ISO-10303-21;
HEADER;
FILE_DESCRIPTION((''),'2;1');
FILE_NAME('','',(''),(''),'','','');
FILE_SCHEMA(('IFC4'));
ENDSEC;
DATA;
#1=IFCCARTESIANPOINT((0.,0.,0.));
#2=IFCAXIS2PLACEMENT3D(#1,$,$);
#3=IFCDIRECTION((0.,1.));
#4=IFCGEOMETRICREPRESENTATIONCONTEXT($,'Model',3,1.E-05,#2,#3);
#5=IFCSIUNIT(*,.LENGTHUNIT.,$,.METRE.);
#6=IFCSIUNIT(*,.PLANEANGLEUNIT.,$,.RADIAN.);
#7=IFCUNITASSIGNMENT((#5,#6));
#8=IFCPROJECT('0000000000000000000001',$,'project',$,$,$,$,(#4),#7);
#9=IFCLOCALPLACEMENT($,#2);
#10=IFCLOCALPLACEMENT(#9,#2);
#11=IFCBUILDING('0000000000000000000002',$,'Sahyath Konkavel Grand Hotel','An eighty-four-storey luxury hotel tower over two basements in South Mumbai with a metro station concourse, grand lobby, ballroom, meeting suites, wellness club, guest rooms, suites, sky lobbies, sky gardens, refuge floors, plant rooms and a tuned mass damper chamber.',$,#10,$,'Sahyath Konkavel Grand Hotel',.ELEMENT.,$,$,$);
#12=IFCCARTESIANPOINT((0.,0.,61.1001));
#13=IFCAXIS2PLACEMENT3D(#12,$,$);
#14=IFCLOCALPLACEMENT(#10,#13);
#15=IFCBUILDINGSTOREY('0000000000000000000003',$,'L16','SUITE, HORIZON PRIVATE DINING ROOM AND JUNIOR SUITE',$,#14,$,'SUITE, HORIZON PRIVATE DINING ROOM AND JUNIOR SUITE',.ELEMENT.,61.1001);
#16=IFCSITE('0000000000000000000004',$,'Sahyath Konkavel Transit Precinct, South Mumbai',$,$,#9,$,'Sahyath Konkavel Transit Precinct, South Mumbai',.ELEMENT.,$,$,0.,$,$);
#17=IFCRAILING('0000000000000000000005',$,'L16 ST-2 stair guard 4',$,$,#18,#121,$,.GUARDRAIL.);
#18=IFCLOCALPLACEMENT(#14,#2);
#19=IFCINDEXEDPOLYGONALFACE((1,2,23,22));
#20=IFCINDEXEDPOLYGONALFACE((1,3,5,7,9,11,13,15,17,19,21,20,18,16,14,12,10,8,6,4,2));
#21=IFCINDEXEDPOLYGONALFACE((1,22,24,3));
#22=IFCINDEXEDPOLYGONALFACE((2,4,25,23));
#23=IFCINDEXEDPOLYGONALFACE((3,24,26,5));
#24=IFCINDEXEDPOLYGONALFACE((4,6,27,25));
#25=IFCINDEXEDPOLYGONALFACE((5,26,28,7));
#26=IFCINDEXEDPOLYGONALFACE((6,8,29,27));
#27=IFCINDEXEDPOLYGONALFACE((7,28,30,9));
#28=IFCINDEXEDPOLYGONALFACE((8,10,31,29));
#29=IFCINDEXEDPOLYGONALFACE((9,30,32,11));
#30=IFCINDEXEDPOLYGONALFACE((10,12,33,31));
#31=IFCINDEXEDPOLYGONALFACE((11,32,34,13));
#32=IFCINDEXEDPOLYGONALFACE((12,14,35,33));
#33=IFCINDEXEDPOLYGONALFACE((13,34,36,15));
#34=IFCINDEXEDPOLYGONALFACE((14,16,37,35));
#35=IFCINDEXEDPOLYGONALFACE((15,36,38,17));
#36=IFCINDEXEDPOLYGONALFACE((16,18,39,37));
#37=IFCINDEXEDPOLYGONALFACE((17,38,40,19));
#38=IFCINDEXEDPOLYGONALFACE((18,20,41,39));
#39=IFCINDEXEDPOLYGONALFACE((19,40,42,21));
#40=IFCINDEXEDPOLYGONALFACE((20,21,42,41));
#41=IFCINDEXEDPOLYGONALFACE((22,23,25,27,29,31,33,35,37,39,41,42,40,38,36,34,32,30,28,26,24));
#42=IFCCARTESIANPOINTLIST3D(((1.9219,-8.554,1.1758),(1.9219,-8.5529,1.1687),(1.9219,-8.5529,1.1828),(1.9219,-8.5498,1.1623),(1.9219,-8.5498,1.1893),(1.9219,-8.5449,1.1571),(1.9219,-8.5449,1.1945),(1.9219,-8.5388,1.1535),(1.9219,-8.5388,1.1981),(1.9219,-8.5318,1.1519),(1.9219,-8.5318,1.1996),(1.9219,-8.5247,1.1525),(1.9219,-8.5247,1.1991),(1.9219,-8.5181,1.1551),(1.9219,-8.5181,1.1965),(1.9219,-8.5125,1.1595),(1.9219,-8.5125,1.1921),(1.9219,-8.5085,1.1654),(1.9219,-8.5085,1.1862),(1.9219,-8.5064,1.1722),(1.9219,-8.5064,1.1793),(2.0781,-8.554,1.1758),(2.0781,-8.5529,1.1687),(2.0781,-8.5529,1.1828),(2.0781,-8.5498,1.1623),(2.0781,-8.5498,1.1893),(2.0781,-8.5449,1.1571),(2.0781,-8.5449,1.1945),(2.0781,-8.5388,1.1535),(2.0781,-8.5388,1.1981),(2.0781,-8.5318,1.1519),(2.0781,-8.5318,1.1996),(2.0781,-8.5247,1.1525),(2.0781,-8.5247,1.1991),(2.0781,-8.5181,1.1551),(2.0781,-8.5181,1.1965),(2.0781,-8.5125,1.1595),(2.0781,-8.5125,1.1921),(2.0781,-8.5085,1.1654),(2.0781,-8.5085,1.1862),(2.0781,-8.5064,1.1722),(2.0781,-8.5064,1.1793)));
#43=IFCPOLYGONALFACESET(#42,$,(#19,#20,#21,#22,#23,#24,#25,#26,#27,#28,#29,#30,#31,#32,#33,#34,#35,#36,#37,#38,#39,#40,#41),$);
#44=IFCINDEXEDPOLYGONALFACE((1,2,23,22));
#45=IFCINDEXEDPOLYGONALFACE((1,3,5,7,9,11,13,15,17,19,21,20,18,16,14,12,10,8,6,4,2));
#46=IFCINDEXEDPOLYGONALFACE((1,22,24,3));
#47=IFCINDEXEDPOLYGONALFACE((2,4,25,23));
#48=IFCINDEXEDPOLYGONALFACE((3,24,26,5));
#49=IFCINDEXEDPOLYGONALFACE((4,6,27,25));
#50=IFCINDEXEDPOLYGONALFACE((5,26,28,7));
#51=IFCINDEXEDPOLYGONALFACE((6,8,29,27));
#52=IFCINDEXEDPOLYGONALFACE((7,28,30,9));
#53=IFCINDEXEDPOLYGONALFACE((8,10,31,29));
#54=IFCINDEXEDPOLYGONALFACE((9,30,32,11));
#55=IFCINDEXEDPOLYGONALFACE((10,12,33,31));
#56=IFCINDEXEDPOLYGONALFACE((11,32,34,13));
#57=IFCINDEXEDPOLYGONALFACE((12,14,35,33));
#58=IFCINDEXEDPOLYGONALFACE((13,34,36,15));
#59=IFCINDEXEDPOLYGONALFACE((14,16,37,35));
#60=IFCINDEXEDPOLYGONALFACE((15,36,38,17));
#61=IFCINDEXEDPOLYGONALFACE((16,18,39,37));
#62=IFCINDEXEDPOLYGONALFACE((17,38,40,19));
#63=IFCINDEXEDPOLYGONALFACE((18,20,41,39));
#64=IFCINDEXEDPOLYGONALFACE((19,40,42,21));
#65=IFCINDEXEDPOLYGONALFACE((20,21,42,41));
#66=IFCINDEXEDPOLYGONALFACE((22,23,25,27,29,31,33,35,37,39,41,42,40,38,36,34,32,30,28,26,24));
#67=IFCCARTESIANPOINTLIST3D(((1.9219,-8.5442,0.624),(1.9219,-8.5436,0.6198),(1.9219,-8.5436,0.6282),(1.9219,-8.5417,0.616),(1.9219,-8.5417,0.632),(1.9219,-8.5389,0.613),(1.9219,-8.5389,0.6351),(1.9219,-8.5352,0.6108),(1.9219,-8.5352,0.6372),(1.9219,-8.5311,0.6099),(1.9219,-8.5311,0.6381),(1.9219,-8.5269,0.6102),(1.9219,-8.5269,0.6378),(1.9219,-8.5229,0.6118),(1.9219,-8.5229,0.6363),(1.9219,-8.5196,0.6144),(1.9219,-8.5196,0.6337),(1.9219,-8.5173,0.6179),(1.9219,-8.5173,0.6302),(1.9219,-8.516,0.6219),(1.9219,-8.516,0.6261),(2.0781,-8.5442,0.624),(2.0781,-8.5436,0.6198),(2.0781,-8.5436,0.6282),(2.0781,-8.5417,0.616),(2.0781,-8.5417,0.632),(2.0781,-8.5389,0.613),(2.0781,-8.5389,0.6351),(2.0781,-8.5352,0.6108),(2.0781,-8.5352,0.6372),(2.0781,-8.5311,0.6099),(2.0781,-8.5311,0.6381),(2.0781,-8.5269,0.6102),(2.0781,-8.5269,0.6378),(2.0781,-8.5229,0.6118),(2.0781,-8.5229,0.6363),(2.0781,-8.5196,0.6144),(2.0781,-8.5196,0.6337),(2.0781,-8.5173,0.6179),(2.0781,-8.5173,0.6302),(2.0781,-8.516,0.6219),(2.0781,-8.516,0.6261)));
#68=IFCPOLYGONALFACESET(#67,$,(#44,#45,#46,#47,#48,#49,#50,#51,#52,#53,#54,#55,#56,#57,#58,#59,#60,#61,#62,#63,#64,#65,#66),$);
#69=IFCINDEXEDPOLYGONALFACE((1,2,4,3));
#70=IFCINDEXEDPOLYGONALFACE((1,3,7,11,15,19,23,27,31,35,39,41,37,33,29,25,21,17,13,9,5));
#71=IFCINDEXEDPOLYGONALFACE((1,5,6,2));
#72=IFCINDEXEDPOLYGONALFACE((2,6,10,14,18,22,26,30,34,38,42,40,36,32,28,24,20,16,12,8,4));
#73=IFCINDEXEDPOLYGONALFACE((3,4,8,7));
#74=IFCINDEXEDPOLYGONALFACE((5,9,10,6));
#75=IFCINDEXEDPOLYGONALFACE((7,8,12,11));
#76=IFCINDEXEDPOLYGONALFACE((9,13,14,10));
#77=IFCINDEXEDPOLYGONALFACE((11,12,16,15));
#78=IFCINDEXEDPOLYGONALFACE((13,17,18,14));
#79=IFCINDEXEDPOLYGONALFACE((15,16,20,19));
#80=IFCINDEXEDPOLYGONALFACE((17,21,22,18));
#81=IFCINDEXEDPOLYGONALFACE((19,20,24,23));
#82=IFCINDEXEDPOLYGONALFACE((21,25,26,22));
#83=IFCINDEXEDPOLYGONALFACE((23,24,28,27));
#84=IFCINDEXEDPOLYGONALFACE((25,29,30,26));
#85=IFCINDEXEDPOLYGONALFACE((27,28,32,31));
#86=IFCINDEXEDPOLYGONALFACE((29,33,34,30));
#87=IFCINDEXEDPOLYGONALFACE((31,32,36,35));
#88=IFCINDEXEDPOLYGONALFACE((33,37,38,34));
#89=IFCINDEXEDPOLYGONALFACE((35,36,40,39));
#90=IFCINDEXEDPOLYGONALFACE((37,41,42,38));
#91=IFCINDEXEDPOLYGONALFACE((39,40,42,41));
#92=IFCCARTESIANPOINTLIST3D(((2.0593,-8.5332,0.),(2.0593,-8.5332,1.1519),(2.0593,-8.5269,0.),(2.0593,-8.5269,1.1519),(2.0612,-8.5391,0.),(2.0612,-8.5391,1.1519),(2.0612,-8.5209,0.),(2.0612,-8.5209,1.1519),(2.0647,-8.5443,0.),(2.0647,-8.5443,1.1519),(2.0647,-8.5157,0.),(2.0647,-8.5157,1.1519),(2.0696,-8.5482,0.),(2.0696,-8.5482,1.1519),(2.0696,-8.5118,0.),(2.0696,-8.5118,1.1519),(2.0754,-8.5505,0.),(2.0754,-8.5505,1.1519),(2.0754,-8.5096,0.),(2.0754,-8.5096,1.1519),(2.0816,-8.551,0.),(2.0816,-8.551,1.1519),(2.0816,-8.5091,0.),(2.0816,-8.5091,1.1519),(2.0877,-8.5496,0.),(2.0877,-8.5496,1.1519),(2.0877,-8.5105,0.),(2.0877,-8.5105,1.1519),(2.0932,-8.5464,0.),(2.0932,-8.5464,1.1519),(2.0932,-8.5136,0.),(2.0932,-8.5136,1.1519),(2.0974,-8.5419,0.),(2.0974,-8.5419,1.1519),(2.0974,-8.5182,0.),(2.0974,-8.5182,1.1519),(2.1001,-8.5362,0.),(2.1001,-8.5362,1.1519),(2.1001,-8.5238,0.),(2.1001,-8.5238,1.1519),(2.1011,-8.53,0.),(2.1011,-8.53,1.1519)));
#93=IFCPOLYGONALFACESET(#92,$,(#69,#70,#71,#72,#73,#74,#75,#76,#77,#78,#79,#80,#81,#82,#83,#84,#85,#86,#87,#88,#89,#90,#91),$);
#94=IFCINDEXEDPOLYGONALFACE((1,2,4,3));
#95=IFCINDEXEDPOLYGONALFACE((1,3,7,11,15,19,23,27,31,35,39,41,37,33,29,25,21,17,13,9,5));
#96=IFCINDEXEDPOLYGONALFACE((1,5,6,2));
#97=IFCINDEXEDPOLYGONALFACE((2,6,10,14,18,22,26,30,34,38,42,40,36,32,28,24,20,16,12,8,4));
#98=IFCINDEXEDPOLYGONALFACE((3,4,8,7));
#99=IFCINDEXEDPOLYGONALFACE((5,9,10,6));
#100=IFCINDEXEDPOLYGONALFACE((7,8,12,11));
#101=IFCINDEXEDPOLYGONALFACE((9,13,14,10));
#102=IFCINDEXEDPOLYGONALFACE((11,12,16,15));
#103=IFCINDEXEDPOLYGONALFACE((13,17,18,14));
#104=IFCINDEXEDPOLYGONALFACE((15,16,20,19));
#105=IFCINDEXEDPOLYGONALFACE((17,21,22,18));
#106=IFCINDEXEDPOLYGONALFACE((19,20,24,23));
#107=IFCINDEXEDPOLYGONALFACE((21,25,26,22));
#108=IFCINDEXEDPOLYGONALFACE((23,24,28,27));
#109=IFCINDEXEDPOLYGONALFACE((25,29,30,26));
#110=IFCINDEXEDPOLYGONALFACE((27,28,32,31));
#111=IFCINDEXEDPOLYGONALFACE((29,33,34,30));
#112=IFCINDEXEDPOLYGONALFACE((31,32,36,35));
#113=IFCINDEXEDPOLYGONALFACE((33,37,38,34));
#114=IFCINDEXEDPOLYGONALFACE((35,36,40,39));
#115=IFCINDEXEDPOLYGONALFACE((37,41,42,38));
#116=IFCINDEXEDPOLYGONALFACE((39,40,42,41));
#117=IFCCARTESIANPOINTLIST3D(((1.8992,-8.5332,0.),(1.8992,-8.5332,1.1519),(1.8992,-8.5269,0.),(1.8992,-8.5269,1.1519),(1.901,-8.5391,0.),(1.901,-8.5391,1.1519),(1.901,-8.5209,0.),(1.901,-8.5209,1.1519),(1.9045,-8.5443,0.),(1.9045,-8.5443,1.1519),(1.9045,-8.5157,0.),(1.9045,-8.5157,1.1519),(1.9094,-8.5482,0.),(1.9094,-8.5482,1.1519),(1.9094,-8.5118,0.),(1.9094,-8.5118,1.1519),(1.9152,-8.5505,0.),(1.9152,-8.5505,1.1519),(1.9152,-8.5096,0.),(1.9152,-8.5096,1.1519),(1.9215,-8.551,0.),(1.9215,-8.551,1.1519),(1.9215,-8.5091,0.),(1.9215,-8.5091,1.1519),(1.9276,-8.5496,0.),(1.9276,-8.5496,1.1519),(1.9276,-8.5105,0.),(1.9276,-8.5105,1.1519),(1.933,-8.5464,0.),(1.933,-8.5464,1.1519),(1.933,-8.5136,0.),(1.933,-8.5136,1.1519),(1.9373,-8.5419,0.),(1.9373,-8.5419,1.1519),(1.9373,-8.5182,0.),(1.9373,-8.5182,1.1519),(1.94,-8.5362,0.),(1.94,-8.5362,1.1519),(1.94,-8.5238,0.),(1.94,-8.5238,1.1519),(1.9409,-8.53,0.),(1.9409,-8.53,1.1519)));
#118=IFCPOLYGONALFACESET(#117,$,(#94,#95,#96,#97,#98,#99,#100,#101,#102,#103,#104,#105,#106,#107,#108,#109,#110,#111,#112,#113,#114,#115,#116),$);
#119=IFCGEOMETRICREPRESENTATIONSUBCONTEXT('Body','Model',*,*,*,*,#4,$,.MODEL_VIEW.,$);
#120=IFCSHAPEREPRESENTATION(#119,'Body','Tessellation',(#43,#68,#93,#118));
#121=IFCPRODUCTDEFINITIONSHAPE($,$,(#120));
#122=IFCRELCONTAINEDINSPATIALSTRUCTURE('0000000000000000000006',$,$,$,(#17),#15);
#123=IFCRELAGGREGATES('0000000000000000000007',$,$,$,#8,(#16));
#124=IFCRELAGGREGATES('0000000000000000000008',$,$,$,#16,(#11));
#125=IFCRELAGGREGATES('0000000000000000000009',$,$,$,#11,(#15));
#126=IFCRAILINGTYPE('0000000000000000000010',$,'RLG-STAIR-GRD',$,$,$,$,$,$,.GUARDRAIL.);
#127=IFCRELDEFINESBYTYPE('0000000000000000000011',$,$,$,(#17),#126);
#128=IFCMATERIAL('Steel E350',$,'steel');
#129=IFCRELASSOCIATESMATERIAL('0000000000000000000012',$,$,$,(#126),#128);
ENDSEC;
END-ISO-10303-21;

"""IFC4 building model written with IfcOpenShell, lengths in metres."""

from ifc_helpers import new_model, si_unit, direction, frame, origin, origin_2d, place, context, subcontext, project, spatial, circle, extrude, material, type_object, element, save


model = new_model("IFC4")

# Units and contexts
model_context = context("Model", 3, precision=1e-05, world=origin(), true_north=direction((0.0, 1.0)))
body_context = subcontext(model_context, "Body", "Model", "MODEL_VIEW")
ifc_project = project(units=[si_unit("LENGTHUNIT", "METRE"), si_unit("PLANEANGLEUNIT", "RADIAN")], contexts=[model_context])

# Site, building, storey
site_placement = place(None, origin())
site = spatial("IfcSite", under=ifc_project, at=site_placement, Name="Sahyath Konkavel Transit Precinct, South Mumbai", LongName="Sahyath Konkavel Transit Precinct, South Mumbai", CompositionType="ELEMENT", RefElevation=0.0)
building_placement = place(site_placement, origin())
building = spatial("IfcBuilding", under=site, at=building_placement, Name="Sahyath Konkavel Grand Hotel", Description="An eighty-four-storey luxury hotel tower over two basements in South Mumbai with a metro station concourse, grand lobby, ballroom, meeting suites, wellness club, guest rooms, suites, sky lobbies, sky gardens, refuge floors, plant rooms and a tuned mass damper chamber.", LongName="Sahyath Konkavel Grand Hotel", CompositionType="ELEMENT")
storey_placement = place(building_placement, frame((0.0, 0.0, 61.1001)))
storey = spatial("IfcBuildingStorey", under=building, at=storey_placement, Name="L16", Description="SUITE, HORIZON PRIVATE DINING ROOM AND JUNIOR SUITE", LongName="SUITE, HORIZON PRIVATE DINING ROOM AND JUNIOR SUITE", CompositionType="ELEMENT", Elevation=61.1001)

# Shared definitions
ifc_material_1 = material(Name="Steel E350", Category="steel")

# Railing
railing_type_1 = type_object("IfcRailingType", Name="RLG-STAIR-GRD", PredefinedType="GUARDRAIL", material=ifc_material_1)
railing_1_placement = place(storey_placement, frame((2.0801, -8.53, 0.0)))
element("IfcRailing", 1, at=railing_1_placement, inside=storey, type_object=railing_type_1, Name="L16 ST-2 stair guard 4", PredefinedType="GUARDRAIL", context=body_context, shape_type="SweptSolid", body=[
    extrude(circle(Radius=0.0239, at=origin_2d()), frame((-0.002, 0.0, 1.1758), z_axis=(-1.0, 0.0, 0.0), x_axis=(0.0, -1.0, 0.0)), (0.0, 0.0, 1.0), 0.1562),
    extrude(circle(Radius=0.0142, at=origin_2d()), frame((-0.002, 0.0, 0.624), z_axis=(-1.0, 0.0, 0.0), x_axis=(0.0, -1.0, 0.0)), (0.0, 0.0, 1.0), 0.1562),
    extrude(circle(Radius=0.021, at=origin_2d()), origin(), (0.0, 0.0, 1.0), 1.1519),
    extrude(circle(Radius=0.021, at=origin_2d()), frame((-0.1602, 0.0, 0.0)), (0.0, 0.0, 1.0), 1.1519),
])

save(model, "model.ifc")
